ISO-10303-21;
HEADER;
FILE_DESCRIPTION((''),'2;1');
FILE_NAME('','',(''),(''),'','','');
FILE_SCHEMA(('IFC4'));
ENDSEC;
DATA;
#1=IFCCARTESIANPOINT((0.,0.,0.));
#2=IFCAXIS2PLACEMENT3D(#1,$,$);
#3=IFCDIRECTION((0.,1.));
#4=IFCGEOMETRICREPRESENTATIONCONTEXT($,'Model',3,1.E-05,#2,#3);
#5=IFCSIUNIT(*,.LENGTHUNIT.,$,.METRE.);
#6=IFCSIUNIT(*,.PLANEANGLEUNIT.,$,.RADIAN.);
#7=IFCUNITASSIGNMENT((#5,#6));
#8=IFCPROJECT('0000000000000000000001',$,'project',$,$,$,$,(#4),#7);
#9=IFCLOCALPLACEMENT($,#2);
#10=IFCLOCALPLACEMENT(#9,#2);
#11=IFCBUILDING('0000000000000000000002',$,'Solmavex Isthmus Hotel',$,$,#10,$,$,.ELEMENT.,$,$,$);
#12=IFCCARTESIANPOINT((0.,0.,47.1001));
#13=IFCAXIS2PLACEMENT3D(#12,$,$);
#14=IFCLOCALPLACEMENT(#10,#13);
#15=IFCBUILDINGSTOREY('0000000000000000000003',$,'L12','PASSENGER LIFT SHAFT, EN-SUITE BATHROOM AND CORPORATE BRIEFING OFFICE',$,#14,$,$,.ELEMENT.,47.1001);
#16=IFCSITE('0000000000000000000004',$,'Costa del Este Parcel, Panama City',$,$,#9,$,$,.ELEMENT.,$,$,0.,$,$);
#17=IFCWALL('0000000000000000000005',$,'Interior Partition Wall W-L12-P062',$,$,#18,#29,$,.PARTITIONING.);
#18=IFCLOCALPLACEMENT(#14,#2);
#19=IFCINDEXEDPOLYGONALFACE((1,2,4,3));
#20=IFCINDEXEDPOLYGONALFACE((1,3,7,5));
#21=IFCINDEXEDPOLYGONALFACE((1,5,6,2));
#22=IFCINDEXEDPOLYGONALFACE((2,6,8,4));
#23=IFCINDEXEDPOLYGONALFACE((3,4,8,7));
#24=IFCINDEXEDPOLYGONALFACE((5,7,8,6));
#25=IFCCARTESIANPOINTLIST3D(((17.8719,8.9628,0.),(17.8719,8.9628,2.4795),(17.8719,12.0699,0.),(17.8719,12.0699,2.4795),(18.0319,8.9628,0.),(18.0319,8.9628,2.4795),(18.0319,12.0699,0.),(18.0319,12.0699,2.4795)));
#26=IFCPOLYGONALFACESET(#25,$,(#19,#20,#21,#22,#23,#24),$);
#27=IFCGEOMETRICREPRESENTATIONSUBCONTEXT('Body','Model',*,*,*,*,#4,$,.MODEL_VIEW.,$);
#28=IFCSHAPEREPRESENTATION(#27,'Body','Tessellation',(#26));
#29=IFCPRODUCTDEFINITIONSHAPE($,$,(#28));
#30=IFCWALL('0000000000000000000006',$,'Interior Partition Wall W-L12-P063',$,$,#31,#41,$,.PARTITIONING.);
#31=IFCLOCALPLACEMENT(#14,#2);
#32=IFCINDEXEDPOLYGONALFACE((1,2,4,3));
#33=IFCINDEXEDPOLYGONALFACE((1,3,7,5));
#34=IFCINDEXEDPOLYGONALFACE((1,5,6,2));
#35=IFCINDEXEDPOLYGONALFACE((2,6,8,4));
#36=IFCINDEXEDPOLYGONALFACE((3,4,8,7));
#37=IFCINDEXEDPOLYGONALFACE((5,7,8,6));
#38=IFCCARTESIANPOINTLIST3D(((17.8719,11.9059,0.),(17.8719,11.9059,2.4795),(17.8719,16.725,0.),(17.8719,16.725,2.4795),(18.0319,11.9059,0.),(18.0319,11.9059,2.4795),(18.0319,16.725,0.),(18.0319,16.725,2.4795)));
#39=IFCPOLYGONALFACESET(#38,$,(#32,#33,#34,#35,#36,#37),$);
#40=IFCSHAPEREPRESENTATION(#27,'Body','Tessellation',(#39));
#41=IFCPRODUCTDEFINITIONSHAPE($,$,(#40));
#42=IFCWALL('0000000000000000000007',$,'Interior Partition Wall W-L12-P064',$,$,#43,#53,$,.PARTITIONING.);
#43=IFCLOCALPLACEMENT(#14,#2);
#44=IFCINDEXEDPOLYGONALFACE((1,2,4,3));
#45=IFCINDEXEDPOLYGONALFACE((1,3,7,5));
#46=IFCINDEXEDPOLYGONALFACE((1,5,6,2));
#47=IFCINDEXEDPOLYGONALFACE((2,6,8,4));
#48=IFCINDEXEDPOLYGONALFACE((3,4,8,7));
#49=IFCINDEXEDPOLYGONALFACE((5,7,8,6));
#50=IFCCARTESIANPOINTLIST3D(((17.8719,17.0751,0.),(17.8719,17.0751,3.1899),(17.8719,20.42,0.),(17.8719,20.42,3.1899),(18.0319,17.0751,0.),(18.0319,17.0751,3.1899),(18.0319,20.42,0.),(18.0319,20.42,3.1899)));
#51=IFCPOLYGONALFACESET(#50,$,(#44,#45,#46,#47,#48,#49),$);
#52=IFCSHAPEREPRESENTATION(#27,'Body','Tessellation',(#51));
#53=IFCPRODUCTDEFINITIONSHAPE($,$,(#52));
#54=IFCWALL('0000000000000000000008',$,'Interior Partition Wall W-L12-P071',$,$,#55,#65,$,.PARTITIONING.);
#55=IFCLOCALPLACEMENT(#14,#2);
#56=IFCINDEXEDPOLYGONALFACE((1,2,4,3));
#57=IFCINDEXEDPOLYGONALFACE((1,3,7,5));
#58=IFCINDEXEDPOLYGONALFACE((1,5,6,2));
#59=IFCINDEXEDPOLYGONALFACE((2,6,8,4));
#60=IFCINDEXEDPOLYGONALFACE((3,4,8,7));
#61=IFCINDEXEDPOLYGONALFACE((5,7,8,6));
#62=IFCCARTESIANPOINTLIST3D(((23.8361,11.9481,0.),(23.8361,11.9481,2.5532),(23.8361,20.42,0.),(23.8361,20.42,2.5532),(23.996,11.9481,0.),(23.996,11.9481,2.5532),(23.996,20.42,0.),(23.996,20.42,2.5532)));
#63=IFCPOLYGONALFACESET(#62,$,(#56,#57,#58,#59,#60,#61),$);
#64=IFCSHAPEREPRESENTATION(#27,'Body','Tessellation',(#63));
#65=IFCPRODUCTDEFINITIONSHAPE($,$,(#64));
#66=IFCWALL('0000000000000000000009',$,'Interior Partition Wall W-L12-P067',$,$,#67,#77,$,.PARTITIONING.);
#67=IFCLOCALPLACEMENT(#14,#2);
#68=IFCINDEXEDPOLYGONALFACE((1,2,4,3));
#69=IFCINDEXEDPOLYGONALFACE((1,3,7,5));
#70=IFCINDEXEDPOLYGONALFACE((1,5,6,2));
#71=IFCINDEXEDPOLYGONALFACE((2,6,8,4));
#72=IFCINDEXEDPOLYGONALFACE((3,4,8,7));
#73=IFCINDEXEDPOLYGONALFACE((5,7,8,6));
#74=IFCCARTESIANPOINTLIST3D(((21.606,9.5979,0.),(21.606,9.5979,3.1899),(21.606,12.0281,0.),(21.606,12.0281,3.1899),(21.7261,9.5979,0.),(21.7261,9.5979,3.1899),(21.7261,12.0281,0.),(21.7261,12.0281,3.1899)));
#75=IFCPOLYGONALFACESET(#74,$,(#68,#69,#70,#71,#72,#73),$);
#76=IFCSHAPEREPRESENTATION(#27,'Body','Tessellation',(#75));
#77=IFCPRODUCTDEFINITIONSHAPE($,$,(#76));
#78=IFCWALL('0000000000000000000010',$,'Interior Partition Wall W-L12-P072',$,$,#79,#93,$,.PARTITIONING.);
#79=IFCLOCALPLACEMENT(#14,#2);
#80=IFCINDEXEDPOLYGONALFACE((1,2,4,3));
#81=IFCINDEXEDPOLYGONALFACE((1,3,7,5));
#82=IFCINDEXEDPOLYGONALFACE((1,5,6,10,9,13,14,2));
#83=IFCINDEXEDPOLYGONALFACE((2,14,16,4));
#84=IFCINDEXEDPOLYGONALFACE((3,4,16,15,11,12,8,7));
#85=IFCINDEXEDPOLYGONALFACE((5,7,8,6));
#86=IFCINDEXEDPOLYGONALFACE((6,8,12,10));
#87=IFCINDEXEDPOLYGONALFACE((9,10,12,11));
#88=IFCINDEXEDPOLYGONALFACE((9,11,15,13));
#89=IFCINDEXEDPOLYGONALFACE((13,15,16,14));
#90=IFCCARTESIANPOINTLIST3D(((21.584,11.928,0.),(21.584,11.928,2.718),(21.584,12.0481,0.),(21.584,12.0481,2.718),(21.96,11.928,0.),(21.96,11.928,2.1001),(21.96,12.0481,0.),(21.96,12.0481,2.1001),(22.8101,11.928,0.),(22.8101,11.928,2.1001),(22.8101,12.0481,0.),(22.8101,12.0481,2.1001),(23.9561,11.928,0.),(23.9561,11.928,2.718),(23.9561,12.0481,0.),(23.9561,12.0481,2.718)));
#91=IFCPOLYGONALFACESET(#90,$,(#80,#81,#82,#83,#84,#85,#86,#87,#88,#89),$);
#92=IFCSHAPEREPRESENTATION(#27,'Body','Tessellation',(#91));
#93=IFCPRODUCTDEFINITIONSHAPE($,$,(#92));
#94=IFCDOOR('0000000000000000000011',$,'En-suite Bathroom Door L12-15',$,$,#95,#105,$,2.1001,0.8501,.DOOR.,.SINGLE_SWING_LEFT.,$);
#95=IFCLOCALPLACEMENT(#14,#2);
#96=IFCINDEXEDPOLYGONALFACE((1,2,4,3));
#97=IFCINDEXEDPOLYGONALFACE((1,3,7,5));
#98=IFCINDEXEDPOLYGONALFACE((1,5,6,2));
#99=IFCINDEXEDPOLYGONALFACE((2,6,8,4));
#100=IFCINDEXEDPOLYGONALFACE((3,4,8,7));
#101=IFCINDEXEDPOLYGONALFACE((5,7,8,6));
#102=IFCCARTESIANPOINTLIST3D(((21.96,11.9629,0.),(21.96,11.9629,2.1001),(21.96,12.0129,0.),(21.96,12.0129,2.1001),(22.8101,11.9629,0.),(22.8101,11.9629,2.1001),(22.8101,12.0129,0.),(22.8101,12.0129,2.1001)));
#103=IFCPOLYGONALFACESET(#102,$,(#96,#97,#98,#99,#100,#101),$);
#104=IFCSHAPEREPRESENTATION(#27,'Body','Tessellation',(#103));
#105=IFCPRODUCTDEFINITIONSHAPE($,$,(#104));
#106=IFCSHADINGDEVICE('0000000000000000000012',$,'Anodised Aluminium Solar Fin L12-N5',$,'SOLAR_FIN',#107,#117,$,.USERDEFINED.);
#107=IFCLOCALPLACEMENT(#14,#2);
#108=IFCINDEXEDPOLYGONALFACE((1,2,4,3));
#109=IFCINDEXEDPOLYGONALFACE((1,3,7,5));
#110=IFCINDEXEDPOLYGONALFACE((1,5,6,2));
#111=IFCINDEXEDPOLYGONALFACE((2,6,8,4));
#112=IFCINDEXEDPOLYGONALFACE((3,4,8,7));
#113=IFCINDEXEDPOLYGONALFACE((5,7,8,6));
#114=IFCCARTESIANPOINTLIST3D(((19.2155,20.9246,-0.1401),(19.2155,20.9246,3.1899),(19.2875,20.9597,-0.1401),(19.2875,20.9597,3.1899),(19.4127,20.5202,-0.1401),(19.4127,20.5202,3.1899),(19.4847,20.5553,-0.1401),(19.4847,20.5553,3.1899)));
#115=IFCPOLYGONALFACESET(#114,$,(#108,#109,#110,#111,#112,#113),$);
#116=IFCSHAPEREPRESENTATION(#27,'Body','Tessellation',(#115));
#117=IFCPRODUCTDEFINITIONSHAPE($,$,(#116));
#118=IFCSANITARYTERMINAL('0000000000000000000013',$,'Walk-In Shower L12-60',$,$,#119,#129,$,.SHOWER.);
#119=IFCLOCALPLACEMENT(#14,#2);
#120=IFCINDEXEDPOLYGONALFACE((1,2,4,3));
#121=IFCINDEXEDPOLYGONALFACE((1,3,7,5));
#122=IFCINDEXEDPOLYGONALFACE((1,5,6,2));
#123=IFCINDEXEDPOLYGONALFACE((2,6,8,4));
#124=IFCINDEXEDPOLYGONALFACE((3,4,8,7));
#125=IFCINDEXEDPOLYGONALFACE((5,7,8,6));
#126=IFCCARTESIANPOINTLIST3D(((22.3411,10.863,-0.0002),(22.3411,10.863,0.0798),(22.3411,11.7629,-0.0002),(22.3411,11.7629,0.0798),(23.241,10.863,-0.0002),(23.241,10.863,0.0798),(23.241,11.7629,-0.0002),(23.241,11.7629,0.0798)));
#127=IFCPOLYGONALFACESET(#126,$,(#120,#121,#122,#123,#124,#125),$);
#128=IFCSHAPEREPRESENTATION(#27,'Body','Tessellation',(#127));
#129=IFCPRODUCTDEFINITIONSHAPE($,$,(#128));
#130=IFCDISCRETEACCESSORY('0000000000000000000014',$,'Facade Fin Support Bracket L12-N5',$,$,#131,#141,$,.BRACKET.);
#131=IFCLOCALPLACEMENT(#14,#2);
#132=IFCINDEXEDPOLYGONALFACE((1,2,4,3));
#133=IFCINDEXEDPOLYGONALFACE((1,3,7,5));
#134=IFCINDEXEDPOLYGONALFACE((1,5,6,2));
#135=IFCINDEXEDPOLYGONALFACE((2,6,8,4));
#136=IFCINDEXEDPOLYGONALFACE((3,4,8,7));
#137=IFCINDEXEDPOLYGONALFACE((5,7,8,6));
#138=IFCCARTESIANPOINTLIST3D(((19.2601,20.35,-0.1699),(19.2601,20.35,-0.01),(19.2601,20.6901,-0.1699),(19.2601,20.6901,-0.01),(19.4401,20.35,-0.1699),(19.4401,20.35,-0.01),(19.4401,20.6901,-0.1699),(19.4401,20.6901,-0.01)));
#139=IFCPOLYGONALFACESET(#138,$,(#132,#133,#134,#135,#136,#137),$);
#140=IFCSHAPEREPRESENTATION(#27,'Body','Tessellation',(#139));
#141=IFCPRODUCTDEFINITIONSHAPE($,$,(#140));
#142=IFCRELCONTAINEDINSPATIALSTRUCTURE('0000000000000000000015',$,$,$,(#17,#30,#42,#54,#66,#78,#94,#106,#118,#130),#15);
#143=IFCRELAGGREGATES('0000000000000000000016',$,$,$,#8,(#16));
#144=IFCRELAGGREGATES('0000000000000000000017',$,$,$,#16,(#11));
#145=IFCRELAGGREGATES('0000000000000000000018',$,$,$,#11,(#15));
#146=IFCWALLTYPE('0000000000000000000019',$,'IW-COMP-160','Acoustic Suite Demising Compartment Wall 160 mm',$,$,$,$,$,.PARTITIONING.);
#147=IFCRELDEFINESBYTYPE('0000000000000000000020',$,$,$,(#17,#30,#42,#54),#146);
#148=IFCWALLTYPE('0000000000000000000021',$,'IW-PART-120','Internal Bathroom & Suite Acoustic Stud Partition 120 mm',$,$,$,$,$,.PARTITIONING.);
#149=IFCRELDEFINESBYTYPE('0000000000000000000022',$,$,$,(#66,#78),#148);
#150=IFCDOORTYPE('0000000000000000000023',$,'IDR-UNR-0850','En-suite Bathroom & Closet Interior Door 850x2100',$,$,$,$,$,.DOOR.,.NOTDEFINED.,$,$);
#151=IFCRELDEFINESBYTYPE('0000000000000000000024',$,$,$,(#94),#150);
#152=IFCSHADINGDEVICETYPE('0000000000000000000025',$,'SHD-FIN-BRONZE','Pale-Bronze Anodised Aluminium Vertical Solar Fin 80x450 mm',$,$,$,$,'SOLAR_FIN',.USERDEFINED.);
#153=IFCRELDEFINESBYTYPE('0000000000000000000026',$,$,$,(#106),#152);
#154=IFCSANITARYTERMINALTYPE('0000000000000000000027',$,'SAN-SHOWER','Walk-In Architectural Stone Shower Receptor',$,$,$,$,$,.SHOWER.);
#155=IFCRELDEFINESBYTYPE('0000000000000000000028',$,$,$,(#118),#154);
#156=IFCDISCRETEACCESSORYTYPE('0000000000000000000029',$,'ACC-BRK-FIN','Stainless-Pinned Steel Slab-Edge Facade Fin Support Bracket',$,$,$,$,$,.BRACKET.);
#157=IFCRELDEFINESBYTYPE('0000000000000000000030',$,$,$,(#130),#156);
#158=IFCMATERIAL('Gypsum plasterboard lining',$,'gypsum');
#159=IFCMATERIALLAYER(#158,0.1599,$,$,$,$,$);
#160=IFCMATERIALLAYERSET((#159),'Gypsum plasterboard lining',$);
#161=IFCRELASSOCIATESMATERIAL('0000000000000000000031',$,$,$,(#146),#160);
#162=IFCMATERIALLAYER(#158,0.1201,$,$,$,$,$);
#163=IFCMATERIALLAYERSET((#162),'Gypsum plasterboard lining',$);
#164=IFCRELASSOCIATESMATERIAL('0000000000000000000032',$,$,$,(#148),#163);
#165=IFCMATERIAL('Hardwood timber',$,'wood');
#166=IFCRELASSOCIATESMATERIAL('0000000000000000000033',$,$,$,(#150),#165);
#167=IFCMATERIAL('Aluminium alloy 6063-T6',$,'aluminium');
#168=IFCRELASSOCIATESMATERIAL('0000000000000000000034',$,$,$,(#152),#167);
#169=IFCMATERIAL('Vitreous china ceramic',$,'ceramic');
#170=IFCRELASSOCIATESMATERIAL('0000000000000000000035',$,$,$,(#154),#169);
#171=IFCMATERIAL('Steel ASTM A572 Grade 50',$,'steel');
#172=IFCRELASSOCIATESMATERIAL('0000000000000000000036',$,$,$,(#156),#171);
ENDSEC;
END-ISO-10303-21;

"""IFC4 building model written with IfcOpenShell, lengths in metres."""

from ifc_helpers import new_model, si_unit, direction, frame, frame_2d, origin, origin_2d, place, context, subcontext, project, spatial, rectangle, extrude, material, layer, layer_set, type_object, element, fill, save


model = new_model("IFC4")

# Units and contexts
model_context = context("Model", 3, precision=1e-05, world=origin(), true_north=direction((0.0, 1.0)))
body_context = subcontext(model_context, "Body", "Model", "MODEL_VIEW")
ifc_project = project(units=[si_unit("LENGTHUNIT", "METRE"), si_unit("PLANEANGLEUNIT", "RADIAN")], contexts=[model_context])

# Site, building, storey
site_placement = place(None, origin())
site = spatial("IfcSite", under=ifc_project, at=site_placement, Name="Costa del Este Parcel, Panama City", CompositionType="ELEMENT", RefElevation=0.0)
building_placement = place(site_placement, origin())
building = spatial("IfcBuilding", under=site, at=building_placement, Name="Solmavex Isthmus Hotel", CompositionType="ELEMENT")
storey_placement = place(building_placement, frame((0.0, 0.0, 47.1001)))
storey = spatial("IfcBuildingStorey", under=building, at=storey_placement, Name="L12", Description="PASSENGER LIFT SHAFT, EN-SUITE BATHROOM AND CORPORATE BRIEFING OFFICE", CompositionType="ELEMENT", Elevation=47.1001)

# Shared definitions
ifc_material_1 = material(Name="Aluminium alloy 6063-T6", Category="aluminium")

# Walls
ifc_material_2 = material(Name="Gypsum plasterboard lining", Category="gypsum")
ifc_layer_1 = layer(ifc_material_2, 0.1599)
ifc_layer_set_1 = layer_set([ifc_layer_1], Name="Gypsum plasterboard lining")
wall_type_1 = type_object("IfcWallType", Name="IW-COMP-160", Description="Acoustic Suite Demising Compartment Wall 160 mm", PredefinedType="PARTITIONING", material=ifc_layer_set_1)
wall_1_placement = place(storey_placement, frame((17.9519, 12.0701, 0.0), z_axis=(0.0, 0.0, 1.0), x_axis=(0.0, -1.0, 0.0)))
element("IfcWall", 1, at=wall_1_placement, inside=storey, type_object=wall_type_1, Name="Interior Partition Wall W-L12-P062", PredefinedType="PARTITIONING", context=body_context, shape_type="SweptSolid", body=[
    extrude(rectangle(XDim=3.1072, YDim=0.1599, at=frame_2d((1.5537, 0.0))), origin(), (0.0, 0.0, 1.0), 2.4795),
])
wall_2_placement = place(storey_placement, frame((17.9519, 16.7251, 0.0), z_axis=(0.0, 0.0, 1.0), x_axis=(0.0, -1.0, 0.0)))
element("IfcWall", 2, at=wall_2_placement, inside=storey, type_object=wall_type_1, Name="Interior Partition Wall W-L12-P063", PredefinedType="PARTITIONING", context=body_context, shape_type="SweptSolid", body=[
    extrude(rectangle(XDim=4.8191, YDim=0.1599, at=frame_2d((2.4097, 0.0))), origin(), (0.0, 0.0, 1.0), 2.4795),
])
wall_3_placement = place(storey_placement, frame((17.9519, 20.4199, 0.0), z_axis=(0.0, 0.0, 1.0), x_axis=(0.0, -1.0, 0.0)))
element("IfcWall", 3, at=wall_3_placement, inside=storey, type_object=wall_type_1, Name="Interior Partition Wall W-L12-P064", PredefinedType="PARTITIONING", context=body_context, shape_type="SweptSolid", body=[
    extrude(rectangle(XDim=3.345, YDim=0.1599, at=frame_2d((1.6724, 0.0))), origin(), (0.0, 0.0, 1.0), 3.1899),
])

# Shared definitions
ifc_material_3 = material(Name="Hardwood timber", Category="wood")

# Walls
wall_4_placement = place(storey_placement, frame((23.916, 20.4199, 0.0), z_axis=(0.0, 0.0, 1.0), x_axis=(0.0, -1.0, 0.0)))
element("IfcWall", 4, at=wall_4_placement, inside=storey, type_object=wall_type_1, Name="Interior Partition Wall W-L12-P071", PredefinedType="PARTITIONING", context=body_context, shape_type="SweptSolid", body=[
    extrude(rectangle(XDim=8.4719, YDim=0.1599, at=frame_2d((4.2358, 0.0))), origin(), (0.0, 0.0, 1.0), 2.5532),
])
ifc_layer_2 = layer(ifc_material_2, 0.1201)
ifc_layer_set_2 = layer_set([ifc_layer_2], Name="Gypsum plasterboard lining")
wall_type_2 = type_object("IfcWallType", Name="IW-PART-120", Description="Internal Bathroom & Suite Acoustic Stud Partition 120 mm", PredefinedType="PARTITIONING", material=ifc_layer_set_2)
wall_5_placement = place(storey_placement, frame((21.666, 12.0281, 0.0), z_axis=(0.0, 0.0, 1.0), x_axis=(0.0, -1.0, 0.0)))
element("IfcWall", 5, at=wall_5_placement, inside=storey, type_object=wall_type_2, Name="Interior Partition Wall W-L12-P067", PredefinedType="PARTITIONING", context=body_context, shape_type="SweptSolid", body=[
    extrude(rectangle(XDim=2.4302, YDim=0.1201, at=frame_2d((1.2151, 0.0))), origin(), (0.0, 0.0, 1.0), 3.1899),
])

# Wall, opening, door
wall_6_placement = place(storey_placement, frame((23.9561, 11.988, 0.0), z_axis=(0.0, 0.0, 1.0), x_axis=(-1.0, 0.0, 0.0)))
wall_6 = element("IfcWall", 6, at=wall_6_placement, inside=storey, type_object=wall_type_2, Name="Interior Partition Wall W-L12-P072", PredefinedType="PARTITIONING", context=body_context, shape_type="SweptSolid", body=[
    extrude(rectangle(XDim=2.3721, YDim=0.1201, at=frame_2d((1.186, 0.0))), origin(), (0.0, 0.0, 1.0), 2.718),
])
opening_1_placement = place(wall_6_placement, frame((1.146, 0.0, 0.0)))
opening_1 = element("IfcOpeningElement", 7, at=opening_1_placement, cuts=wall_6, PredefinedType="OPENING", context=body_context, shape_type="SweptSolid", body=[
    extrude(rectangle(XDim=0.8501, YDim=2.1001, at=frame_2d((0.425, 1.05))), frame((0.0, 0.0701, 0.0), z_axis=(0.0, -1.0, 0.0), x_axis=(1.0, 0.0, 0.0)), (0.0, 0.0, 1.0), 0.1401),
])
door_type_1 = type_object("IfcDoorType", Name="IDR-UNR-0850", Description="En-suite Bathroom & Closet Interior Door 850x2100", OperationType="NOTDEFINED", PredefinedType="DOOR", material=ifc_material_3)
door_1_placement = place(opening_1_placement, frame((0.8501, 0.0, 0.0), z_axis=(0.0, 0.0, 1.0), x_axis=(-1.0, 0.0, 0.0)))
door_1 = element("IfcDoor", 8, at=door_1_placement, inside=storey, type_object=door_type_1, Name="En-suite Bathroom Door L12-15", OperationType="SINGLE_SWING_LEFT", OverallHeight=2.1001, OverallWidth=0.8501, PredefinedType="DOOR", context=body_context, shape_type="SweptSolid", body=[
    extrude(rectangle(XDim=0.8501, YDim=2.1001, at=frame_2d((0.425, 1.05))), frame((0.0, 0.0249, 0.0), z_axis=(0.0, -1.0, 0.0), x_axis=(1.0, 0.0, 0.0)), (0.0, 0.0, 1.0), 0.05),
])
fill(opening_1, door_1)

# Shading device
shading_device_type = type_object("IfcShadingDeviceType", Name="SHD-FIN-BRONZE", Description="Pale-Bronze Anodised Aluminium Vertical Solar Fin 80x450 mm", ElementType="SOLAR_FIN", PredefinedType="USERDEFINED", material=ifc_material_1)
shading_device_placement = place(storey_placement, frame((19.3501, 20.74, -0.1401), z_axis=(0.0, 0.0, 1.0), x_axis=(-0.438371, 0.898794, 0.0)))
element("IfcShadingDevice", 9, at=shading_device_placement, inside=storey, type_object=shading_device_type, Name="Anodised Aluminium Solar Fin L12-N5", ObjectType="SOLAR_FIN", PredefinedType="USERDEFINED", context=body_context, shape_type="SweptSolid", body=[
    extrude(rectangle(XDim=0.45, YDim=0.0801, at=origin_2d()), origin(), (0.0, 0.0, 1.0), 3.3301),
])

# Sanitary terminal
ifc_material_4 = material(Name="Vitreous china ceramic", Category="ceramic")
sanitary_terminal_type = type_object("IfcSanitaryTerminalType", Name="SAN-SHOWER", Description="Walk-In Architectural Stone Shower Receptor", PredefinedType="SHOWER", material=ifc_material_4)
sanitary_terminal_placement = place(storey_placement, frame((22.791, 11.313, -0.0002), z_axis=(0.0, 0.0, 1.0), x_axis=(1.0, 0.0, 0.0)))
element("IfcSanitaryTerminal", 10, at=sanitary_terminal_placement, inside=storey, type_object=sanitary_terminal_type, Name="Walk-In Shower L12-60", PredefinedType="SHOWER", context=body_context, shape_type="SweptSolid", body=[
    extrude(rectangle(XDim=0.8999, YDim=0.8999, at=origin_2d()), origin(), (0.0, 0.0, 1.0), 0.0801),
])

# Discrete accessory
ifc_material_5 = material(Name="Steel ASTM A572 Grade 50", Category="steel")
discrete_accessory_type = type_object("IfcDiscreteAccessoryType", Name="ACC-BRK-FIN", Description="Stainless-Pinned Steel Slab-Edge Facade Fin Support Bracket", PredefinedType="BRACKET", material=ifc_material_5)
discrete_accessory_placement = place(storey_placement, frame((19.3501, 20.52, -0.1699), z_axis=(0.0, 0.0, 1.0), x_axis=(0.0, 1.0, 0.0)))
element("IfcDiscreteAccessory", 11, at=discrete_accessory_placement, inside=storey, type_object=discrete_accessory_type, Name="Facade Fin Support Bracket L12-N5", PredefinedType="BRACKET", context=body_context, shape_type="SweptSolid", body=[
    extrude(rectangle(XDim=0.3401, YDim=0.1799, at=origin_2d()), origin(), (0.0, 0.0, 1.0), 0.1599),
])

save(model, "model.ifc")
